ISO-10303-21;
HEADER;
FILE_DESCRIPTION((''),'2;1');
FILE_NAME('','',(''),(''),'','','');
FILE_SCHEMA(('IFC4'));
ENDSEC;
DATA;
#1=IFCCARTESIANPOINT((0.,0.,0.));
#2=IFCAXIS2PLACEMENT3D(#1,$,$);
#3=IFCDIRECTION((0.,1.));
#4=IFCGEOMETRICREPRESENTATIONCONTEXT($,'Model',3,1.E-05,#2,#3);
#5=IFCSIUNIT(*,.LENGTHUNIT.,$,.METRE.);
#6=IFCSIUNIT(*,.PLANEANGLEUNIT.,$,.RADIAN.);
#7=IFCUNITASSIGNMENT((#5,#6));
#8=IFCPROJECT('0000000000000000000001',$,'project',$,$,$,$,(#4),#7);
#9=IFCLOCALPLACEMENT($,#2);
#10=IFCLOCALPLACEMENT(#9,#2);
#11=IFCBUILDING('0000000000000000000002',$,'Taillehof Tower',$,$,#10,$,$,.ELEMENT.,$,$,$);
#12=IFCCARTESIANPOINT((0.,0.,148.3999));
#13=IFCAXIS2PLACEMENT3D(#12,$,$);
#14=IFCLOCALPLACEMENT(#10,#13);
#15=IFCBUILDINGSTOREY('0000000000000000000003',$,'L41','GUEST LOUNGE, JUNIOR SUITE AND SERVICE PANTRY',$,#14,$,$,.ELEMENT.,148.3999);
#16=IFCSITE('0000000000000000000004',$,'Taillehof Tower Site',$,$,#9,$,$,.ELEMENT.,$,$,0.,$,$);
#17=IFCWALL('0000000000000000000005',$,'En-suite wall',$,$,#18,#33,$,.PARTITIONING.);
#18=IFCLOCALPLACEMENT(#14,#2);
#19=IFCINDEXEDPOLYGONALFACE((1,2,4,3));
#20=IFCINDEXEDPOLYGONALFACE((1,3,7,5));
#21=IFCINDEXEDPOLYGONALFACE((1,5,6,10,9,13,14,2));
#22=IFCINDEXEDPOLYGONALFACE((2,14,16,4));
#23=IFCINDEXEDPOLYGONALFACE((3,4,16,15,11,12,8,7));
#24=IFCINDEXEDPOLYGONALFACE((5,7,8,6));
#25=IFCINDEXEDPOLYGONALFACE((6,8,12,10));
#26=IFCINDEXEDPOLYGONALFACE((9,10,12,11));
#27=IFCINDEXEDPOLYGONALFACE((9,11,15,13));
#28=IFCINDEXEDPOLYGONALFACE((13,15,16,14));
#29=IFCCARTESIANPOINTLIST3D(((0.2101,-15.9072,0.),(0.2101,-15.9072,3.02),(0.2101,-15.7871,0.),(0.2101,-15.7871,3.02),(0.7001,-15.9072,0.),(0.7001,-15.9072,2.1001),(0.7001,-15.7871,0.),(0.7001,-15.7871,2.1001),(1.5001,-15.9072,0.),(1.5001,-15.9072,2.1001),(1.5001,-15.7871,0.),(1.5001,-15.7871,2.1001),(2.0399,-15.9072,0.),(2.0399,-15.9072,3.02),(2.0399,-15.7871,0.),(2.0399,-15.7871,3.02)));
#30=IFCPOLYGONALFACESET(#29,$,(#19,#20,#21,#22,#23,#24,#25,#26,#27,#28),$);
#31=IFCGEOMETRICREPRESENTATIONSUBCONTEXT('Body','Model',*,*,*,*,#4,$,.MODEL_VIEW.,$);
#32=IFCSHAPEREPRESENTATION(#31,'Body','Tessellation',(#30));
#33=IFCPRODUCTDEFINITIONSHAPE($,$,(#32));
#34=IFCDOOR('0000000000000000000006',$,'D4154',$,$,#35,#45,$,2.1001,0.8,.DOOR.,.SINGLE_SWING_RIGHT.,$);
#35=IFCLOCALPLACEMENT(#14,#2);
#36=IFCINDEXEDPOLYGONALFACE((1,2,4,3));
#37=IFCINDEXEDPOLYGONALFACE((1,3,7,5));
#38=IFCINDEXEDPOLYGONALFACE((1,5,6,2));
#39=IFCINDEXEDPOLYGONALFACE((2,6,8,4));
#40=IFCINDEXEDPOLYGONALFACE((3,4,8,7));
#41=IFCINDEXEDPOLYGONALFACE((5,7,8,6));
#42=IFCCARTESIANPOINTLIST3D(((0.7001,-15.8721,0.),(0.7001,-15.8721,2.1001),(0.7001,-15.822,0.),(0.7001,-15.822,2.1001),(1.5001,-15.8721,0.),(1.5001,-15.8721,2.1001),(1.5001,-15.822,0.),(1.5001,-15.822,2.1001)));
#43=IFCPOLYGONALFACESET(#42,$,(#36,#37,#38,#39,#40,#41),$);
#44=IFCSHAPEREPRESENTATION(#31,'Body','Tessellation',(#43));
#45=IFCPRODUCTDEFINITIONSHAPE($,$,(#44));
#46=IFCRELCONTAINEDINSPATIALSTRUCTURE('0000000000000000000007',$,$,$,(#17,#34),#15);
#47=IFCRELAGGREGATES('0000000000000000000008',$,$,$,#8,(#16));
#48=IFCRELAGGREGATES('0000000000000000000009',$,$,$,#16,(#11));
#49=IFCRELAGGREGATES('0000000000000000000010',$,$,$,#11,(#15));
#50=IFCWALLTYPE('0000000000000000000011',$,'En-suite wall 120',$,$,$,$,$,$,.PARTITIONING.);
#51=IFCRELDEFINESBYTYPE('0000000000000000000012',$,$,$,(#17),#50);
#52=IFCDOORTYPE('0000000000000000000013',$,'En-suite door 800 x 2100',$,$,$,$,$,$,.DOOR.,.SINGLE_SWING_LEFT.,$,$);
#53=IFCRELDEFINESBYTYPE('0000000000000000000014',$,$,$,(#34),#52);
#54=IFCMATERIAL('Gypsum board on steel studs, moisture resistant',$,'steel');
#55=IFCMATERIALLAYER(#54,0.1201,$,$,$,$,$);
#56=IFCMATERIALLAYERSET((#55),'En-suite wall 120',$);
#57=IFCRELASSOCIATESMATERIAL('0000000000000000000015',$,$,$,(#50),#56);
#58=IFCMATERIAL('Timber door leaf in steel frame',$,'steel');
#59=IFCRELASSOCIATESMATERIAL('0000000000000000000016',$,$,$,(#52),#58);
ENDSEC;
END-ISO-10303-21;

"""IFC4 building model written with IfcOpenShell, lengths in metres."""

from ifc_helpers import new_model, si_unit, direction, frame, frame_2d, origin, place, context, subcontext, project, spatial, rectangle, extrude, material, layer, layer_set, type_object, element, fill, save


model = new_model("IFC4")

# Units and contexts
model_context = context("Model", 3, precision=1e-05, world=origin(), true_north=direction((0.0, 1.0)))
body_context = subcontext(model_context, "Body", "Model", "MODEL_VIEW")
ifc_project = project(units=[si_unit("LENGTHUNIT", "METRE"), si_unit("PLANEANGLEUNIT", "RADIAN")], contexts=[model_context])

# Site, building, storey
site_placement = place(None, origin())
site = spatial("IfcSite", under=ifc_project, at=site_placement, Name="Taillehof Tower Site", CompositionType="ELEMENT", RefElevation=0.0)
building_placement = place(site_placement, origin())
building = spatial("IfcBuilding", under=site, at=building_placement, Name="Taillehof Tower", CompositionType="ELEMENT")
storey_placement = place(building_placement, frame((0.0, 0.0, 148.3999)))
storey = spatial("IfcBuildingStorey", under=building, at=storey_placement, Name="L41", Description="GUEST LOUNGE, JUNIOR SUITE AND SERVICE PANTRY", CompositionType="ELEMENT", Elevation=148.3999)

# Shared definitions
ifc_material_1 = material(Name="Gypsum board on steel studs, moisture resistant", Category="steel")
ifc_layer_1 = layer(ifc_material_1, 0.1201)
ifc_layer_set_1 = layer_set([ifc_layer_1], Name="En-suite wall 120")
wall_type_1 = type_object("IfcWallType", Name="En-suite wall 120", PredefinedType="PARTITIONING", material=ifc_layer_set_1)

# Wall, opening, door
wall_1_placement = place(storey_placement, frame((2.04, -15.8472, 0.0), z_axis=(0.0, 0.0, 1.0), x_axis=(-1.0, 0.0, 0.0)))
wall_1 = element("IfcWall", 1, at=wall_1_placement, inside=storey, type_object=wall_type_1, Name="En-suite wall", PredefinedType="PARTITIONING", context=body_context, shape_type="SweptSolid", body=[
    extrude(rectangle(XDim=1.8298, YDim=0.1201, at=frame_2d((0.915, 0.0))), origin(), (0.0, 0.0, 1.0), 3.02),
])
opening_1_placement = place(wall_1_placement, frame((0.54, 0.0, 0.0)))
opening_1 = element("IfcOpeningElement", 2, at=opening_1_placement, cuts=wall_1, PredefinedType="OPENING", context=body_context, shape_type="SweptSolid", body=[
    extrude(rectangle(XDim=0.8, YDim=2.1001, at=frame_2d((0.3999, 1.05))), frame((0.0, 0.0701, 0.0), z_axis=(0.0, -1.0, 0.0), x_axis=(1.0, 0.0, 0.0)), (0.0, 0.0, 1.0), 0.1401),
])
ifc_material_2 = material(Name="Timber door leaf in steel frame", Category="steel")
door_type_1 = type_object("IfcDoorType", Name="En-suite door 800 x 2100", OperationType="SINGLE_SWING_LEFT", PredefinedType="DOOR", material=ifc_material_2)
door_1_placement = place(opening_1_placement, origin())
door_1 = element("IfcDoor", 3, at=door_1_placement, inside=storey, type_object=door_type_1, Name="D4154", OperationType="SINGLE_SWING_RIGHT", OverallHeight=2.1001, OverallWidth=0.8, PredefinedType="DOOR", context=body_context, shape_type="SweptSolid", body=[
    extrude(rectangle(XDim=0.8, YDim=2.1001, at=frame_2d((0.3999, 1.05))), frame((0.0, 0.0249, 0.0), z_axis=(0.0, -1.0, 0.0), x_axis=(1.0, 0.0, 0.0)), (0.0, 0.0, 1.0), 0.05),
])
fill(opening_1, door_1)

save(model, "model.ifc")
